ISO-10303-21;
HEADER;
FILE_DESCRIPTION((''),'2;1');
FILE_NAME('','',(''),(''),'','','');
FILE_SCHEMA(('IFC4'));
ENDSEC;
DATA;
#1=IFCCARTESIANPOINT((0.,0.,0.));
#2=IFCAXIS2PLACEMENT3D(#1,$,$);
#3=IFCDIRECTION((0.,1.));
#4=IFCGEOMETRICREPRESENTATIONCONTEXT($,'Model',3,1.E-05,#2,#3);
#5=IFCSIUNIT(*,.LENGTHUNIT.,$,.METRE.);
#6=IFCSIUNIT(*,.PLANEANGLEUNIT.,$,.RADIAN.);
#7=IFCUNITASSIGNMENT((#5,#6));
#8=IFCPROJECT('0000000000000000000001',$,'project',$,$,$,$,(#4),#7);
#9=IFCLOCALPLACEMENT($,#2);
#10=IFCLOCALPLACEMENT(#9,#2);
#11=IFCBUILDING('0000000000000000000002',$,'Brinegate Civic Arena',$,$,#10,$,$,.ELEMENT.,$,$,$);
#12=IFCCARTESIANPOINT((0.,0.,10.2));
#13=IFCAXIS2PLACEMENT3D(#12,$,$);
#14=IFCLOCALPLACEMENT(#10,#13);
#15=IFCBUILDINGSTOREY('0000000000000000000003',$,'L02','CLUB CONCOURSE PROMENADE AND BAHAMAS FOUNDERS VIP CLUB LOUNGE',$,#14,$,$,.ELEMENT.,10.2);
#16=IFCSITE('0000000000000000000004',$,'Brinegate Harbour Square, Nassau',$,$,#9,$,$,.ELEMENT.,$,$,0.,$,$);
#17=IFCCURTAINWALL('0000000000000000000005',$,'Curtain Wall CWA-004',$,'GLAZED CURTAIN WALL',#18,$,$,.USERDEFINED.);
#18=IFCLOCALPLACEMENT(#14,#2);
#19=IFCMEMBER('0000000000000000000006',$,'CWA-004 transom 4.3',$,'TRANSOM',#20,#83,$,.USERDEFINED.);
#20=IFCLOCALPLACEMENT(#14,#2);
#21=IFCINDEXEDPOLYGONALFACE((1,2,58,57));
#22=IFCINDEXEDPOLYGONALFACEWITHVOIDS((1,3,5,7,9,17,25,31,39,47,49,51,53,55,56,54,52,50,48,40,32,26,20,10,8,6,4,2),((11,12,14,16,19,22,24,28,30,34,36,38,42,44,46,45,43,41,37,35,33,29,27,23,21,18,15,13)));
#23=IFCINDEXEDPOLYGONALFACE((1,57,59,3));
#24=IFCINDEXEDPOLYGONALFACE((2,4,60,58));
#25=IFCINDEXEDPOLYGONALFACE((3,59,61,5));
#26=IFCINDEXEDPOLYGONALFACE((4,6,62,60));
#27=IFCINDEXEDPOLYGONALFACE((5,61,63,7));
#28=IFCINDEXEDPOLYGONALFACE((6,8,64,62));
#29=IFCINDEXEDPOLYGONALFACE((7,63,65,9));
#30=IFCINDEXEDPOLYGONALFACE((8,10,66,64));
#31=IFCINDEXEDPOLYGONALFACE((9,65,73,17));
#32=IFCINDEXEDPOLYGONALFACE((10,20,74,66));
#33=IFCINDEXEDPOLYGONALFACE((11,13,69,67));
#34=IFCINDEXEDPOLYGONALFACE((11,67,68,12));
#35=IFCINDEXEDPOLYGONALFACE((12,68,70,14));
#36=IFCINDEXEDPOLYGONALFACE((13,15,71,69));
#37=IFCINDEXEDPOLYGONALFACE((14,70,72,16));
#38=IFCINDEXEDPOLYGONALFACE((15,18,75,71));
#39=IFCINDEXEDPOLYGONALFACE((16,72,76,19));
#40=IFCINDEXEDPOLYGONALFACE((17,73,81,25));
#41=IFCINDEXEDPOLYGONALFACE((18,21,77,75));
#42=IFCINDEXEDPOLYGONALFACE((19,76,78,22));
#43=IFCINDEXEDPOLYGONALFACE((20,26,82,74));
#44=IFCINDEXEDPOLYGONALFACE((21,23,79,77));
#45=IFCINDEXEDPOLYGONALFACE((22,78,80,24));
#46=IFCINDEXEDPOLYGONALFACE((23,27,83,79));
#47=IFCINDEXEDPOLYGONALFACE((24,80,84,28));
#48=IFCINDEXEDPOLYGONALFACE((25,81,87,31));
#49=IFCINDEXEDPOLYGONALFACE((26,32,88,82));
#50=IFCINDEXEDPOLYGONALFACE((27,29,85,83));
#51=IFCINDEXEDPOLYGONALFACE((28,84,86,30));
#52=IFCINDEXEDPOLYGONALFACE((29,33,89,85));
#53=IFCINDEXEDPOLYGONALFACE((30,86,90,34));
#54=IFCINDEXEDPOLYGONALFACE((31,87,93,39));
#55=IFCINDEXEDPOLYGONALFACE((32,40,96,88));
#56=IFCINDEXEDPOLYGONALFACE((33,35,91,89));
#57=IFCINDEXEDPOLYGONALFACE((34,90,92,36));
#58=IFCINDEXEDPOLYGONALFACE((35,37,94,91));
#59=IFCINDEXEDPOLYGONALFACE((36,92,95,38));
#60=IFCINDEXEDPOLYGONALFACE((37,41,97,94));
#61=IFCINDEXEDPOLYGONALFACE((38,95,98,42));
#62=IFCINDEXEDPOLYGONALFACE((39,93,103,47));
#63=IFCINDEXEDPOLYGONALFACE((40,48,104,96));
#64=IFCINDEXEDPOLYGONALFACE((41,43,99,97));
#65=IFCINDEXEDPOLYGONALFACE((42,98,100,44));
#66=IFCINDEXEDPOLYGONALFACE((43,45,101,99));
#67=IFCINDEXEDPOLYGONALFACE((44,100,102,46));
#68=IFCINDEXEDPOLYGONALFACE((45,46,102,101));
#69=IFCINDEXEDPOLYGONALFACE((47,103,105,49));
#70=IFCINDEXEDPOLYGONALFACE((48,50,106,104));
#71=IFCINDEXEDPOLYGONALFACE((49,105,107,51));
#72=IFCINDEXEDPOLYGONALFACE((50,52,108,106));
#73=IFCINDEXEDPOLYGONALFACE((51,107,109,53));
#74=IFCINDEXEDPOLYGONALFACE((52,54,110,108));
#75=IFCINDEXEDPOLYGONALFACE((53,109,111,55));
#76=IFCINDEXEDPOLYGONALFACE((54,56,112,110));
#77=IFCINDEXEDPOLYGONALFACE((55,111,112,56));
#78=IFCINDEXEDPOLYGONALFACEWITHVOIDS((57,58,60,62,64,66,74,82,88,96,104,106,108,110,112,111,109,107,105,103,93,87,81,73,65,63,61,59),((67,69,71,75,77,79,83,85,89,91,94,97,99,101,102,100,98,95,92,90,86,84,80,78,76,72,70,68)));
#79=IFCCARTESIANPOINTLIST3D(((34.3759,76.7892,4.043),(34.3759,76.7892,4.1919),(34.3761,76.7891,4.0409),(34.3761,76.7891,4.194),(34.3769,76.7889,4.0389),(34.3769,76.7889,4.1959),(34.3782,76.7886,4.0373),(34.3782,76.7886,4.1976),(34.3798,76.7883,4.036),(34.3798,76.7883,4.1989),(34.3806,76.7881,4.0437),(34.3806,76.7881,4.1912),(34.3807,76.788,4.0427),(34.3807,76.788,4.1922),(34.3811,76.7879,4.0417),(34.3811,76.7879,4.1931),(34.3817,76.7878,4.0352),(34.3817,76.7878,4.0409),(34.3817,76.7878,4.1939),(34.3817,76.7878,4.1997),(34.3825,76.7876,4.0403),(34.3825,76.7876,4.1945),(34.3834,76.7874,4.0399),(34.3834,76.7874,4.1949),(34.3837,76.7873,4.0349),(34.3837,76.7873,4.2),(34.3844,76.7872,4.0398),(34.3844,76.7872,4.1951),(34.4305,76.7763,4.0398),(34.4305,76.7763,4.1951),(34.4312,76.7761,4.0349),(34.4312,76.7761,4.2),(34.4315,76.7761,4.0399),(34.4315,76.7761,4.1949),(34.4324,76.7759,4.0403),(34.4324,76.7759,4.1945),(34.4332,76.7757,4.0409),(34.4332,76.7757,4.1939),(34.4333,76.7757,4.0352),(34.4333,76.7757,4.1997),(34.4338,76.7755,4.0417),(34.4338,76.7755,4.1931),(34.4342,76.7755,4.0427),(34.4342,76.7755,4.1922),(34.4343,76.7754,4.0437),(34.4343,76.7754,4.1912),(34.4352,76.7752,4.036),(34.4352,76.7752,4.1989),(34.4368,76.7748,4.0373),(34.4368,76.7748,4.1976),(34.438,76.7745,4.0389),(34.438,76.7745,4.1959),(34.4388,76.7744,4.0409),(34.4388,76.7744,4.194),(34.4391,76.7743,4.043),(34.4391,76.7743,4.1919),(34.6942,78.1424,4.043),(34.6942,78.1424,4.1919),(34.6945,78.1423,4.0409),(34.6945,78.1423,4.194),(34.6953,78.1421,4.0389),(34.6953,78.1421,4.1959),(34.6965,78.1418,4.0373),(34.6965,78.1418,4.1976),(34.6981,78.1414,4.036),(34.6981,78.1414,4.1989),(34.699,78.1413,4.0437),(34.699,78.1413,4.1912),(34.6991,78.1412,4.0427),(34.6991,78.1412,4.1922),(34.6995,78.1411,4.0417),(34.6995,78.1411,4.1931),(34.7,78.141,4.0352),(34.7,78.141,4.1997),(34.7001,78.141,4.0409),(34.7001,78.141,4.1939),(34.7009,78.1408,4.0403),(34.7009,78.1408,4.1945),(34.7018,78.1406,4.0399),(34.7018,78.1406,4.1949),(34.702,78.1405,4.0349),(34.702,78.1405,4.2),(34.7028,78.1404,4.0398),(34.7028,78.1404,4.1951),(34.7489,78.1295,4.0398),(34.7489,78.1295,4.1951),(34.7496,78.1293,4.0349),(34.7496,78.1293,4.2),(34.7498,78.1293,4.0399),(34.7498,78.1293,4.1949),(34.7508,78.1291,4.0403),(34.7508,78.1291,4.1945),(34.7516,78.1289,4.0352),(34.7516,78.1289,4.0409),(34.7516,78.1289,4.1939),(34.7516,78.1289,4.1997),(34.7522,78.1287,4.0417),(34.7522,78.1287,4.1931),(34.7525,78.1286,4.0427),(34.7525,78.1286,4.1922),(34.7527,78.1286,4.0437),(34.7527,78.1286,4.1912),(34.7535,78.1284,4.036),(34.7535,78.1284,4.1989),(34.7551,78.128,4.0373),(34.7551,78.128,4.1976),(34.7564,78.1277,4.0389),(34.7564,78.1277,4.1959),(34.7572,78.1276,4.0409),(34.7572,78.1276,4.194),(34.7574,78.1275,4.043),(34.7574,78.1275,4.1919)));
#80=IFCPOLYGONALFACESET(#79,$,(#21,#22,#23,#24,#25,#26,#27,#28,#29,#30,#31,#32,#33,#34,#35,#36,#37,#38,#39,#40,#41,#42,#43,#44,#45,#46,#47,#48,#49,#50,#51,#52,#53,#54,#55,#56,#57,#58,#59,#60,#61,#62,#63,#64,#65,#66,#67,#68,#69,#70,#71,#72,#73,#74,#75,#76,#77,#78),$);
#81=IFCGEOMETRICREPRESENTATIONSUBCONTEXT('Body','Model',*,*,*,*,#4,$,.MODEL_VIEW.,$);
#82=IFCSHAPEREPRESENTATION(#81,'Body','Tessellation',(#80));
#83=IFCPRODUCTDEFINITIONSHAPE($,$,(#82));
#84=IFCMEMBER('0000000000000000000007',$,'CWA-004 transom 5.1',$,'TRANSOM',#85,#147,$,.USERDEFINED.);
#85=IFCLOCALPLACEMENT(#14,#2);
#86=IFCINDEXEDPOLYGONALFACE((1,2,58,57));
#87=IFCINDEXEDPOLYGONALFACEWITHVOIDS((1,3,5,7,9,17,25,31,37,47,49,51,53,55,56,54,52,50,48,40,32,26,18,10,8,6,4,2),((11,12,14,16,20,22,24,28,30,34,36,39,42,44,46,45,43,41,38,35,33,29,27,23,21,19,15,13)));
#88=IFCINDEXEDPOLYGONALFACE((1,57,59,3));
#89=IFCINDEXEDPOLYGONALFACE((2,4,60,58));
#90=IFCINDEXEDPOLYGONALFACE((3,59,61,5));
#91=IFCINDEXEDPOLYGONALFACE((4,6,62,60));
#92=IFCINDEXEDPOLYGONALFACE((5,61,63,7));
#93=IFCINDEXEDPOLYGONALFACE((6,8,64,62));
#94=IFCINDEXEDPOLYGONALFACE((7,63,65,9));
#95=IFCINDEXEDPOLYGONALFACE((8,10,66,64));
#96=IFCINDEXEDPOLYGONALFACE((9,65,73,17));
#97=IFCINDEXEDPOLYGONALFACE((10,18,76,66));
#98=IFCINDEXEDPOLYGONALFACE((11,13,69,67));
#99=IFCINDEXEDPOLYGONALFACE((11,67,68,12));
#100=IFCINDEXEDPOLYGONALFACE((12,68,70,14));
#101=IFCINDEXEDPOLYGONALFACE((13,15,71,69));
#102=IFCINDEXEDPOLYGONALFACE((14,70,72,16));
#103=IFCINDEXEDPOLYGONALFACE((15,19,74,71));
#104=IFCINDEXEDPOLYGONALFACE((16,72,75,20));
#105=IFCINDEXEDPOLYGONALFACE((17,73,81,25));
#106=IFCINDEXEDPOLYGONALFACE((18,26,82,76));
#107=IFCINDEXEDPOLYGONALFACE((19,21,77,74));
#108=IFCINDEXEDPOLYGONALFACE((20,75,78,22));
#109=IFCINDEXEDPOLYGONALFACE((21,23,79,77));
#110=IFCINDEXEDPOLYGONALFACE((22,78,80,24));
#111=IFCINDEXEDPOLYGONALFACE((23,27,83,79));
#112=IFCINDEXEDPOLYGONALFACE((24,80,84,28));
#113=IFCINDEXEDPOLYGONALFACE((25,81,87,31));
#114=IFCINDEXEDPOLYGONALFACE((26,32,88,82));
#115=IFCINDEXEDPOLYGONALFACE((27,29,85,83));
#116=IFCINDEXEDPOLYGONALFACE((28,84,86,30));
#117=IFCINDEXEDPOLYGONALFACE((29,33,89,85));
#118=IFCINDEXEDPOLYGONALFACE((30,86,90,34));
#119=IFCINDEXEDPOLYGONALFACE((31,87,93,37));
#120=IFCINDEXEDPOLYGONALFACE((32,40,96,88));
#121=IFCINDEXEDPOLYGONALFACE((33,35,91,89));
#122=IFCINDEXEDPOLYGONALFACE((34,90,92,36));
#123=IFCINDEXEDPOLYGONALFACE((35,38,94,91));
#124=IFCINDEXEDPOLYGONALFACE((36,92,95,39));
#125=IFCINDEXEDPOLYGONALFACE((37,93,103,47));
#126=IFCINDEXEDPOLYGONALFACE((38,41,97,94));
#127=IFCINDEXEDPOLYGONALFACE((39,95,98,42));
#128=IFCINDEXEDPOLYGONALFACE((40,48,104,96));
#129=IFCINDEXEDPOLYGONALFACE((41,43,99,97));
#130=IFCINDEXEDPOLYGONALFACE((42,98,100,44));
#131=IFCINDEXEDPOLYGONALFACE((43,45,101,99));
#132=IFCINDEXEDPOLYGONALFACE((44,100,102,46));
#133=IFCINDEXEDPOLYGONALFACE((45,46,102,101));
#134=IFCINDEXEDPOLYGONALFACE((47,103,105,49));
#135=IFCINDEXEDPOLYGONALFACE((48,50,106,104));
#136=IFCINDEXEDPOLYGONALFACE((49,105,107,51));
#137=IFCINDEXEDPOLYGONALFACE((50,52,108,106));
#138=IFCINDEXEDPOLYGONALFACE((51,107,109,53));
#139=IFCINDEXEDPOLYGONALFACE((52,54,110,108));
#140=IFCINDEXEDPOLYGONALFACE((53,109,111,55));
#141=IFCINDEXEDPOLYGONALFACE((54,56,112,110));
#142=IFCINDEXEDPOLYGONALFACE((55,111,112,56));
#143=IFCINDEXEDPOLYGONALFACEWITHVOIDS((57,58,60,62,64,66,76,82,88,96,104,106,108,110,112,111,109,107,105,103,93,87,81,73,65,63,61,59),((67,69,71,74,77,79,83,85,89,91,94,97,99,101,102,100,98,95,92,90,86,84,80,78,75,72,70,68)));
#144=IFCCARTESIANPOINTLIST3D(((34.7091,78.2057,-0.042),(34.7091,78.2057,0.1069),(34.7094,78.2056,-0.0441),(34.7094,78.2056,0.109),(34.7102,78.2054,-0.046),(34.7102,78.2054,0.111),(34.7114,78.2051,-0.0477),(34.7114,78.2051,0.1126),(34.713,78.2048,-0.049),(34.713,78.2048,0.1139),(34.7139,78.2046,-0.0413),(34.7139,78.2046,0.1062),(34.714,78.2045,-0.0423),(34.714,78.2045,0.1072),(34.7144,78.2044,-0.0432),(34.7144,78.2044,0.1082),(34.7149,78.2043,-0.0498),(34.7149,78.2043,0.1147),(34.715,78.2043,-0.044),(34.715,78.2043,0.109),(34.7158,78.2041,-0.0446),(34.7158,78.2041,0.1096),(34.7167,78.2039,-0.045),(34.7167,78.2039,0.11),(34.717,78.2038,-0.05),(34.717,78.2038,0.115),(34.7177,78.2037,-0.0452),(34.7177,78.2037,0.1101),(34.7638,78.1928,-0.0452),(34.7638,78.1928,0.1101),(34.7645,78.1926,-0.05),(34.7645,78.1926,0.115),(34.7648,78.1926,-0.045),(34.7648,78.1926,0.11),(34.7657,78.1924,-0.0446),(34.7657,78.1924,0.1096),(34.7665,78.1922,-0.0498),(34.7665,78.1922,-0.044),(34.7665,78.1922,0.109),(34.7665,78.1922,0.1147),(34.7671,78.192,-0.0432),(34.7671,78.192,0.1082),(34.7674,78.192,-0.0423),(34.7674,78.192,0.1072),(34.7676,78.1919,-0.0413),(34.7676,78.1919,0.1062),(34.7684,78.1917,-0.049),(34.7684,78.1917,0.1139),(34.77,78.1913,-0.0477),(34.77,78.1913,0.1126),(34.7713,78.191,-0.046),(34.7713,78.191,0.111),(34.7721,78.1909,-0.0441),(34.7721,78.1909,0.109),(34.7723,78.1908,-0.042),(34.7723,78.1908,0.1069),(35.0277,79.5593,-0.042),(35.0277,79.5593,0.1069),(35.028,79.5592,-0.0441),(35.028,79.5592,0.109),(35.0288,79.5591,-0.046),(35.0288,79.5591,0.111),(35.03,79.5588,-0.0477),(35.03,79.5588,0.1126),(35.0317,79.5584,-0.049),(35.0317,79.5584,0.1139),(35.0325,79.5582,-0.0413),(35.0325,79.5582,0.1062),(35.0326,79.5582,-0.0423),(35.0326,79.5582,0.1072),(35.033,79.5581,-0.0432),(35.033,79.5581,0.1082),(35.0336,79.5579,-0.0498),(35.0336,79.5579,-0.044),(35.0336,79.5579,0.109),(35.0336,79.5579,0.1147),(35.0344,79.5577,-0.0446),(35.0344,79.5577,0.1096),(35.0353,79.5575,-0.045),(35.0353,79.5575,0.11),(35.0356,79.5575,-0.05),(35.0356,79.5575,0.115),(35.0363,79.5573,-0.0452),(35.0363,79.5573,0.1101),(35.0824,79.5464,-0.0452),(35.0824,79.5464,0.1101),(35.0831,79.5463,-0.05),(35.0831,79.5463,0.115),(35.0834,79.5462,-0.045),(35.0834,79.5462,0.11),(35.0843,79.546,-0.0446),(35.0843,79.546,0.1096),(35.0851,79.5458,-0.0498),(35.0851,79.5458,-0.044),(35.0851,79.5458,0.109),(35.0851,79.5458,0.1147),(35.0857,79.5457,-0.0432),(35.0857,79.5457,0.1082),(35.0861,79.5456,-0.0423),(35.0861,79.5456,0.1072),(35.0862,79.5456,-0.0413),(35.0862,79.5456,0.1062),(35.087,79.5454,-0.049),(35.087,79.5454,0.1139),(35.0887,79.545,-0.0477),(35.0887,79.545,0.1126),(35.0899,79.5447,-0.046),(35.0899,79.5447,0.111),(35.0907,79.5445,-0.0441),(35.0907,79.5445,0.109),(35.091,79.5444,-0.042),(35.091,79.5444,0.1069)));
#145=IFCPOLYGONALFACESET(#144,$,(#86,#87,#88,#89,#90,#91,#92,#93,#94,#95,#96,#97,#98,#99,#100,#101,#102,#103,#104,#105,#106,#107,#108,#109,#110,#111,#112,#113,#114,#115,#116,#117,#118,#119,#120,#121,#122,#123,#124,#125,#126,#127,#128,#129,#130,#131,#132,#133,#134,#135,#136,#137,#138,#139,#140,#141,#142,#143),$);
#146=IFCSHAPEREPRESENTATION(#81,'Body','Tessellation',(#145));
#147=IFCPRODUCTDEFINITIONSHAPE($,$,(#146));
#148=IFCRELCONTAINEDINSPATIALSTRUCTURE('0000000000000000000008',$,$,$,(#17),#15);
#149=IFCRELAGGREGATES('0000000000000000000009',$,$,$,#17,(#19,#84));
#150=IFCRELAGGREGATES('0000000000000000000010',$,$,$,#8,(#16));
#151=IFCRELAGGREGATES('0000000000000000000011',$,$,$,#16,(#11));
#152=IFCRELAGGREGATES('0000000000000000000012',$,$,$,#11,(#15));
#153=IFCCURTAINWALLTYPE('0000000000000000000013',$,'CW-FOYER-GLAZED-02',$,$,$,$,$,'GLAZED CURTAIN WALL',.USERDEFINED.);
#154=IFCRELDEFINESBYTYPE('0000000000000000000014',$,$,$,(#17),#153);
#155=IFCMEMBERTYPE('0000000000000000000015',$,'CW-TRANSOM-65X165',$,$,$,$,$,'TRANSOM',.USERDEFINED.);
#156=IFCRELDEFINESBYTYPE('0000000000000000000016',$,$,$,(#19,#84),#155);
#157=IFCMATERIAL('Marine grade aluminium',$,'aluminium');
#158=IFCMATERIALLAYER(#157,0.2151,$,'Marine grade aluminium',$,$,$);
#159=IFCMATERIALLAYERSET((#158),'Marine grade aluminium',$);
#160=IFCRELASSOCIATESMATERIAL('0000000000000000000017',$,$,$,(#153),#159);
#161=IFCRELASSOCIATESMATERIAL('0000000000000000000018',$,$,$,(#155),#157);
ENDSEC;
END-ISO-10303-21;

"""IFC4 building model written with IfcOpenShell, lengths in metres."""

from ifc_helpers import new_model, si_unit, direction, frame, origin, origin_2d, place, context, subcontext, project, spatial, hollow_rectangle, extrude, material, layer, layer_set, material_profile, profile_set, type_object, element, aggregate, save


model = new_model("IFC4")

# Units and contexts
model_context = context("Model", 3, precision=1e-05, world=origin(), true_north=direction((0.0, 1.0)))
body_context = subcontext(model_context, "Body", "Model", "MODEL_VIEW")
ifc_project = project(units=[si_unit("LENGTHUNIT", "METRE"), si_unit("PLANEANGLEUNIT", "RADIAN")], contexts=[model_context])

# Site, building, storey
site_placement = place(None, origin())
site = spatial("IfcSite", under=ifc_project, at=site_placement, Name="Brinegate Harbour Square, Nassau", CompositionType="ELEMENT", RefElevation=0.0)
building_placement = place(site_placement, origin())
building = spatial("IfcBuilding", under=site, at=building_placement, Name="Brinegate Civic Arena", CompositionType="ELEMENT")
storey_placement = place(building_placement, frame((0.0, 0.0, 10.2)))
storey = spatial("IfcBuildingStorey", under=building, at=storey_placement, Name="L02", Description="CLUB CONCOURSE PROMENADE AND BAHAMAS FOUNDERS VIP CLUB LOUNGE", CompositionType="ELEMENT", Elevation=10.2)

# Curtain wall, members
ifc_material_1 = material(Name="Marine grade aluminium", Category="aluminium")
ifc_layer_1 = layer(ifc_material_1, 0.2151, Name="Marine grade aluminium")
ifc_layer_set_1 = layer_set([ifc_layer_1], Name="Marine grade aluminium")
curtain_wall_type = type_object("IfcCurtainWallType", Name="CW-FOYER-GLAZED-02", ElementType="GLAZED CURTAIN WALL", PredefinedType="USERDEFINED", material=ifc_layer_set_1)
curtain_wall_placement = place(storey_placement, origin())
curtain_wall = element("IfcCurtainWall", 1, at=curtain_wall_placement, inside=storey, type_object=curtain_wall_type, Name="Curtain Wall CWA-004", ObjectType="GLAZED CURTAIN WALL", PredefinedType="USERDEFINED")
ifc_material_profile_1 = material_profile(ifc_material_1, hollow_rectangle(XDim=0.0649, YDim=0.165, WallThickness=0.0049, InnerFilletRadius=0.0039, OuterFilletRadius=0.0081, at=origin_2d()), Name="TRN65X165")
ifc_profile_set_1 = profile_set([ifc_material_profile_1], Name="Marine grade aluminium")
member_type_1 = type_object("IfcMemberType", Name="CW-TRANSOM-65X165", ElementType="TRANSOM", PredefinedType="USERDEFINED", material=ifc_profile_set_1)
member_1_placement = place(storey_placement, frame((34.4075, 76.7817, 4.1174), z_axis=(0.229, 0.973426, 0.0), x_axis=(-0.973426, 0.229, 0.0)))
member_1 = element("IfcMember", 2, at=member_1_placement, type_object=member_type_1, Name="CWA-004 transom 4.3", ObjectType="TRANSOM", PredefinedType="USERDEFINED", context=body_context, shape_type="SweptSolid", body=[
    extrude(hollow_rectangle(XDim=0.0649, YDim=0.165, WallThickness=0.0049, InnerFilletRadius=0.0039, OuterFilletRadius=0.0081, at=origin_2d()), origin(), (0.0, 0.0, 1.0), 1.3901),
])
member_2_placement = place(storey_placement, frame((34.7407, 78.1982, 0.0325), z_axis=(0.229127, 0.973396, 0.0), x_axis=(-0.973396, 0.229127, 0.0)))
member_2 = element("IfcMember", 3, at=member_2_placement, type_object=member_type_1, Name="CWA-004 transom 5.1", ObjectType="TRANSOM", PredefinedType="USERDEFINED", context=body_context, shape_type="SweptSolid", body=[
    extrude(hollow_rectangle(XDim=0.0649, YDim=0.165, WallThickness=0.0049, InnerFilletRadius=0.0039, OuterFilletRadius=0.0081, at=origin_2d()), origin(), (0.0, 0.0, 1.0), 1.3906),
])

aggregate(curtain_wall, [member_1, member_2])

save(model, "model.ifc")
